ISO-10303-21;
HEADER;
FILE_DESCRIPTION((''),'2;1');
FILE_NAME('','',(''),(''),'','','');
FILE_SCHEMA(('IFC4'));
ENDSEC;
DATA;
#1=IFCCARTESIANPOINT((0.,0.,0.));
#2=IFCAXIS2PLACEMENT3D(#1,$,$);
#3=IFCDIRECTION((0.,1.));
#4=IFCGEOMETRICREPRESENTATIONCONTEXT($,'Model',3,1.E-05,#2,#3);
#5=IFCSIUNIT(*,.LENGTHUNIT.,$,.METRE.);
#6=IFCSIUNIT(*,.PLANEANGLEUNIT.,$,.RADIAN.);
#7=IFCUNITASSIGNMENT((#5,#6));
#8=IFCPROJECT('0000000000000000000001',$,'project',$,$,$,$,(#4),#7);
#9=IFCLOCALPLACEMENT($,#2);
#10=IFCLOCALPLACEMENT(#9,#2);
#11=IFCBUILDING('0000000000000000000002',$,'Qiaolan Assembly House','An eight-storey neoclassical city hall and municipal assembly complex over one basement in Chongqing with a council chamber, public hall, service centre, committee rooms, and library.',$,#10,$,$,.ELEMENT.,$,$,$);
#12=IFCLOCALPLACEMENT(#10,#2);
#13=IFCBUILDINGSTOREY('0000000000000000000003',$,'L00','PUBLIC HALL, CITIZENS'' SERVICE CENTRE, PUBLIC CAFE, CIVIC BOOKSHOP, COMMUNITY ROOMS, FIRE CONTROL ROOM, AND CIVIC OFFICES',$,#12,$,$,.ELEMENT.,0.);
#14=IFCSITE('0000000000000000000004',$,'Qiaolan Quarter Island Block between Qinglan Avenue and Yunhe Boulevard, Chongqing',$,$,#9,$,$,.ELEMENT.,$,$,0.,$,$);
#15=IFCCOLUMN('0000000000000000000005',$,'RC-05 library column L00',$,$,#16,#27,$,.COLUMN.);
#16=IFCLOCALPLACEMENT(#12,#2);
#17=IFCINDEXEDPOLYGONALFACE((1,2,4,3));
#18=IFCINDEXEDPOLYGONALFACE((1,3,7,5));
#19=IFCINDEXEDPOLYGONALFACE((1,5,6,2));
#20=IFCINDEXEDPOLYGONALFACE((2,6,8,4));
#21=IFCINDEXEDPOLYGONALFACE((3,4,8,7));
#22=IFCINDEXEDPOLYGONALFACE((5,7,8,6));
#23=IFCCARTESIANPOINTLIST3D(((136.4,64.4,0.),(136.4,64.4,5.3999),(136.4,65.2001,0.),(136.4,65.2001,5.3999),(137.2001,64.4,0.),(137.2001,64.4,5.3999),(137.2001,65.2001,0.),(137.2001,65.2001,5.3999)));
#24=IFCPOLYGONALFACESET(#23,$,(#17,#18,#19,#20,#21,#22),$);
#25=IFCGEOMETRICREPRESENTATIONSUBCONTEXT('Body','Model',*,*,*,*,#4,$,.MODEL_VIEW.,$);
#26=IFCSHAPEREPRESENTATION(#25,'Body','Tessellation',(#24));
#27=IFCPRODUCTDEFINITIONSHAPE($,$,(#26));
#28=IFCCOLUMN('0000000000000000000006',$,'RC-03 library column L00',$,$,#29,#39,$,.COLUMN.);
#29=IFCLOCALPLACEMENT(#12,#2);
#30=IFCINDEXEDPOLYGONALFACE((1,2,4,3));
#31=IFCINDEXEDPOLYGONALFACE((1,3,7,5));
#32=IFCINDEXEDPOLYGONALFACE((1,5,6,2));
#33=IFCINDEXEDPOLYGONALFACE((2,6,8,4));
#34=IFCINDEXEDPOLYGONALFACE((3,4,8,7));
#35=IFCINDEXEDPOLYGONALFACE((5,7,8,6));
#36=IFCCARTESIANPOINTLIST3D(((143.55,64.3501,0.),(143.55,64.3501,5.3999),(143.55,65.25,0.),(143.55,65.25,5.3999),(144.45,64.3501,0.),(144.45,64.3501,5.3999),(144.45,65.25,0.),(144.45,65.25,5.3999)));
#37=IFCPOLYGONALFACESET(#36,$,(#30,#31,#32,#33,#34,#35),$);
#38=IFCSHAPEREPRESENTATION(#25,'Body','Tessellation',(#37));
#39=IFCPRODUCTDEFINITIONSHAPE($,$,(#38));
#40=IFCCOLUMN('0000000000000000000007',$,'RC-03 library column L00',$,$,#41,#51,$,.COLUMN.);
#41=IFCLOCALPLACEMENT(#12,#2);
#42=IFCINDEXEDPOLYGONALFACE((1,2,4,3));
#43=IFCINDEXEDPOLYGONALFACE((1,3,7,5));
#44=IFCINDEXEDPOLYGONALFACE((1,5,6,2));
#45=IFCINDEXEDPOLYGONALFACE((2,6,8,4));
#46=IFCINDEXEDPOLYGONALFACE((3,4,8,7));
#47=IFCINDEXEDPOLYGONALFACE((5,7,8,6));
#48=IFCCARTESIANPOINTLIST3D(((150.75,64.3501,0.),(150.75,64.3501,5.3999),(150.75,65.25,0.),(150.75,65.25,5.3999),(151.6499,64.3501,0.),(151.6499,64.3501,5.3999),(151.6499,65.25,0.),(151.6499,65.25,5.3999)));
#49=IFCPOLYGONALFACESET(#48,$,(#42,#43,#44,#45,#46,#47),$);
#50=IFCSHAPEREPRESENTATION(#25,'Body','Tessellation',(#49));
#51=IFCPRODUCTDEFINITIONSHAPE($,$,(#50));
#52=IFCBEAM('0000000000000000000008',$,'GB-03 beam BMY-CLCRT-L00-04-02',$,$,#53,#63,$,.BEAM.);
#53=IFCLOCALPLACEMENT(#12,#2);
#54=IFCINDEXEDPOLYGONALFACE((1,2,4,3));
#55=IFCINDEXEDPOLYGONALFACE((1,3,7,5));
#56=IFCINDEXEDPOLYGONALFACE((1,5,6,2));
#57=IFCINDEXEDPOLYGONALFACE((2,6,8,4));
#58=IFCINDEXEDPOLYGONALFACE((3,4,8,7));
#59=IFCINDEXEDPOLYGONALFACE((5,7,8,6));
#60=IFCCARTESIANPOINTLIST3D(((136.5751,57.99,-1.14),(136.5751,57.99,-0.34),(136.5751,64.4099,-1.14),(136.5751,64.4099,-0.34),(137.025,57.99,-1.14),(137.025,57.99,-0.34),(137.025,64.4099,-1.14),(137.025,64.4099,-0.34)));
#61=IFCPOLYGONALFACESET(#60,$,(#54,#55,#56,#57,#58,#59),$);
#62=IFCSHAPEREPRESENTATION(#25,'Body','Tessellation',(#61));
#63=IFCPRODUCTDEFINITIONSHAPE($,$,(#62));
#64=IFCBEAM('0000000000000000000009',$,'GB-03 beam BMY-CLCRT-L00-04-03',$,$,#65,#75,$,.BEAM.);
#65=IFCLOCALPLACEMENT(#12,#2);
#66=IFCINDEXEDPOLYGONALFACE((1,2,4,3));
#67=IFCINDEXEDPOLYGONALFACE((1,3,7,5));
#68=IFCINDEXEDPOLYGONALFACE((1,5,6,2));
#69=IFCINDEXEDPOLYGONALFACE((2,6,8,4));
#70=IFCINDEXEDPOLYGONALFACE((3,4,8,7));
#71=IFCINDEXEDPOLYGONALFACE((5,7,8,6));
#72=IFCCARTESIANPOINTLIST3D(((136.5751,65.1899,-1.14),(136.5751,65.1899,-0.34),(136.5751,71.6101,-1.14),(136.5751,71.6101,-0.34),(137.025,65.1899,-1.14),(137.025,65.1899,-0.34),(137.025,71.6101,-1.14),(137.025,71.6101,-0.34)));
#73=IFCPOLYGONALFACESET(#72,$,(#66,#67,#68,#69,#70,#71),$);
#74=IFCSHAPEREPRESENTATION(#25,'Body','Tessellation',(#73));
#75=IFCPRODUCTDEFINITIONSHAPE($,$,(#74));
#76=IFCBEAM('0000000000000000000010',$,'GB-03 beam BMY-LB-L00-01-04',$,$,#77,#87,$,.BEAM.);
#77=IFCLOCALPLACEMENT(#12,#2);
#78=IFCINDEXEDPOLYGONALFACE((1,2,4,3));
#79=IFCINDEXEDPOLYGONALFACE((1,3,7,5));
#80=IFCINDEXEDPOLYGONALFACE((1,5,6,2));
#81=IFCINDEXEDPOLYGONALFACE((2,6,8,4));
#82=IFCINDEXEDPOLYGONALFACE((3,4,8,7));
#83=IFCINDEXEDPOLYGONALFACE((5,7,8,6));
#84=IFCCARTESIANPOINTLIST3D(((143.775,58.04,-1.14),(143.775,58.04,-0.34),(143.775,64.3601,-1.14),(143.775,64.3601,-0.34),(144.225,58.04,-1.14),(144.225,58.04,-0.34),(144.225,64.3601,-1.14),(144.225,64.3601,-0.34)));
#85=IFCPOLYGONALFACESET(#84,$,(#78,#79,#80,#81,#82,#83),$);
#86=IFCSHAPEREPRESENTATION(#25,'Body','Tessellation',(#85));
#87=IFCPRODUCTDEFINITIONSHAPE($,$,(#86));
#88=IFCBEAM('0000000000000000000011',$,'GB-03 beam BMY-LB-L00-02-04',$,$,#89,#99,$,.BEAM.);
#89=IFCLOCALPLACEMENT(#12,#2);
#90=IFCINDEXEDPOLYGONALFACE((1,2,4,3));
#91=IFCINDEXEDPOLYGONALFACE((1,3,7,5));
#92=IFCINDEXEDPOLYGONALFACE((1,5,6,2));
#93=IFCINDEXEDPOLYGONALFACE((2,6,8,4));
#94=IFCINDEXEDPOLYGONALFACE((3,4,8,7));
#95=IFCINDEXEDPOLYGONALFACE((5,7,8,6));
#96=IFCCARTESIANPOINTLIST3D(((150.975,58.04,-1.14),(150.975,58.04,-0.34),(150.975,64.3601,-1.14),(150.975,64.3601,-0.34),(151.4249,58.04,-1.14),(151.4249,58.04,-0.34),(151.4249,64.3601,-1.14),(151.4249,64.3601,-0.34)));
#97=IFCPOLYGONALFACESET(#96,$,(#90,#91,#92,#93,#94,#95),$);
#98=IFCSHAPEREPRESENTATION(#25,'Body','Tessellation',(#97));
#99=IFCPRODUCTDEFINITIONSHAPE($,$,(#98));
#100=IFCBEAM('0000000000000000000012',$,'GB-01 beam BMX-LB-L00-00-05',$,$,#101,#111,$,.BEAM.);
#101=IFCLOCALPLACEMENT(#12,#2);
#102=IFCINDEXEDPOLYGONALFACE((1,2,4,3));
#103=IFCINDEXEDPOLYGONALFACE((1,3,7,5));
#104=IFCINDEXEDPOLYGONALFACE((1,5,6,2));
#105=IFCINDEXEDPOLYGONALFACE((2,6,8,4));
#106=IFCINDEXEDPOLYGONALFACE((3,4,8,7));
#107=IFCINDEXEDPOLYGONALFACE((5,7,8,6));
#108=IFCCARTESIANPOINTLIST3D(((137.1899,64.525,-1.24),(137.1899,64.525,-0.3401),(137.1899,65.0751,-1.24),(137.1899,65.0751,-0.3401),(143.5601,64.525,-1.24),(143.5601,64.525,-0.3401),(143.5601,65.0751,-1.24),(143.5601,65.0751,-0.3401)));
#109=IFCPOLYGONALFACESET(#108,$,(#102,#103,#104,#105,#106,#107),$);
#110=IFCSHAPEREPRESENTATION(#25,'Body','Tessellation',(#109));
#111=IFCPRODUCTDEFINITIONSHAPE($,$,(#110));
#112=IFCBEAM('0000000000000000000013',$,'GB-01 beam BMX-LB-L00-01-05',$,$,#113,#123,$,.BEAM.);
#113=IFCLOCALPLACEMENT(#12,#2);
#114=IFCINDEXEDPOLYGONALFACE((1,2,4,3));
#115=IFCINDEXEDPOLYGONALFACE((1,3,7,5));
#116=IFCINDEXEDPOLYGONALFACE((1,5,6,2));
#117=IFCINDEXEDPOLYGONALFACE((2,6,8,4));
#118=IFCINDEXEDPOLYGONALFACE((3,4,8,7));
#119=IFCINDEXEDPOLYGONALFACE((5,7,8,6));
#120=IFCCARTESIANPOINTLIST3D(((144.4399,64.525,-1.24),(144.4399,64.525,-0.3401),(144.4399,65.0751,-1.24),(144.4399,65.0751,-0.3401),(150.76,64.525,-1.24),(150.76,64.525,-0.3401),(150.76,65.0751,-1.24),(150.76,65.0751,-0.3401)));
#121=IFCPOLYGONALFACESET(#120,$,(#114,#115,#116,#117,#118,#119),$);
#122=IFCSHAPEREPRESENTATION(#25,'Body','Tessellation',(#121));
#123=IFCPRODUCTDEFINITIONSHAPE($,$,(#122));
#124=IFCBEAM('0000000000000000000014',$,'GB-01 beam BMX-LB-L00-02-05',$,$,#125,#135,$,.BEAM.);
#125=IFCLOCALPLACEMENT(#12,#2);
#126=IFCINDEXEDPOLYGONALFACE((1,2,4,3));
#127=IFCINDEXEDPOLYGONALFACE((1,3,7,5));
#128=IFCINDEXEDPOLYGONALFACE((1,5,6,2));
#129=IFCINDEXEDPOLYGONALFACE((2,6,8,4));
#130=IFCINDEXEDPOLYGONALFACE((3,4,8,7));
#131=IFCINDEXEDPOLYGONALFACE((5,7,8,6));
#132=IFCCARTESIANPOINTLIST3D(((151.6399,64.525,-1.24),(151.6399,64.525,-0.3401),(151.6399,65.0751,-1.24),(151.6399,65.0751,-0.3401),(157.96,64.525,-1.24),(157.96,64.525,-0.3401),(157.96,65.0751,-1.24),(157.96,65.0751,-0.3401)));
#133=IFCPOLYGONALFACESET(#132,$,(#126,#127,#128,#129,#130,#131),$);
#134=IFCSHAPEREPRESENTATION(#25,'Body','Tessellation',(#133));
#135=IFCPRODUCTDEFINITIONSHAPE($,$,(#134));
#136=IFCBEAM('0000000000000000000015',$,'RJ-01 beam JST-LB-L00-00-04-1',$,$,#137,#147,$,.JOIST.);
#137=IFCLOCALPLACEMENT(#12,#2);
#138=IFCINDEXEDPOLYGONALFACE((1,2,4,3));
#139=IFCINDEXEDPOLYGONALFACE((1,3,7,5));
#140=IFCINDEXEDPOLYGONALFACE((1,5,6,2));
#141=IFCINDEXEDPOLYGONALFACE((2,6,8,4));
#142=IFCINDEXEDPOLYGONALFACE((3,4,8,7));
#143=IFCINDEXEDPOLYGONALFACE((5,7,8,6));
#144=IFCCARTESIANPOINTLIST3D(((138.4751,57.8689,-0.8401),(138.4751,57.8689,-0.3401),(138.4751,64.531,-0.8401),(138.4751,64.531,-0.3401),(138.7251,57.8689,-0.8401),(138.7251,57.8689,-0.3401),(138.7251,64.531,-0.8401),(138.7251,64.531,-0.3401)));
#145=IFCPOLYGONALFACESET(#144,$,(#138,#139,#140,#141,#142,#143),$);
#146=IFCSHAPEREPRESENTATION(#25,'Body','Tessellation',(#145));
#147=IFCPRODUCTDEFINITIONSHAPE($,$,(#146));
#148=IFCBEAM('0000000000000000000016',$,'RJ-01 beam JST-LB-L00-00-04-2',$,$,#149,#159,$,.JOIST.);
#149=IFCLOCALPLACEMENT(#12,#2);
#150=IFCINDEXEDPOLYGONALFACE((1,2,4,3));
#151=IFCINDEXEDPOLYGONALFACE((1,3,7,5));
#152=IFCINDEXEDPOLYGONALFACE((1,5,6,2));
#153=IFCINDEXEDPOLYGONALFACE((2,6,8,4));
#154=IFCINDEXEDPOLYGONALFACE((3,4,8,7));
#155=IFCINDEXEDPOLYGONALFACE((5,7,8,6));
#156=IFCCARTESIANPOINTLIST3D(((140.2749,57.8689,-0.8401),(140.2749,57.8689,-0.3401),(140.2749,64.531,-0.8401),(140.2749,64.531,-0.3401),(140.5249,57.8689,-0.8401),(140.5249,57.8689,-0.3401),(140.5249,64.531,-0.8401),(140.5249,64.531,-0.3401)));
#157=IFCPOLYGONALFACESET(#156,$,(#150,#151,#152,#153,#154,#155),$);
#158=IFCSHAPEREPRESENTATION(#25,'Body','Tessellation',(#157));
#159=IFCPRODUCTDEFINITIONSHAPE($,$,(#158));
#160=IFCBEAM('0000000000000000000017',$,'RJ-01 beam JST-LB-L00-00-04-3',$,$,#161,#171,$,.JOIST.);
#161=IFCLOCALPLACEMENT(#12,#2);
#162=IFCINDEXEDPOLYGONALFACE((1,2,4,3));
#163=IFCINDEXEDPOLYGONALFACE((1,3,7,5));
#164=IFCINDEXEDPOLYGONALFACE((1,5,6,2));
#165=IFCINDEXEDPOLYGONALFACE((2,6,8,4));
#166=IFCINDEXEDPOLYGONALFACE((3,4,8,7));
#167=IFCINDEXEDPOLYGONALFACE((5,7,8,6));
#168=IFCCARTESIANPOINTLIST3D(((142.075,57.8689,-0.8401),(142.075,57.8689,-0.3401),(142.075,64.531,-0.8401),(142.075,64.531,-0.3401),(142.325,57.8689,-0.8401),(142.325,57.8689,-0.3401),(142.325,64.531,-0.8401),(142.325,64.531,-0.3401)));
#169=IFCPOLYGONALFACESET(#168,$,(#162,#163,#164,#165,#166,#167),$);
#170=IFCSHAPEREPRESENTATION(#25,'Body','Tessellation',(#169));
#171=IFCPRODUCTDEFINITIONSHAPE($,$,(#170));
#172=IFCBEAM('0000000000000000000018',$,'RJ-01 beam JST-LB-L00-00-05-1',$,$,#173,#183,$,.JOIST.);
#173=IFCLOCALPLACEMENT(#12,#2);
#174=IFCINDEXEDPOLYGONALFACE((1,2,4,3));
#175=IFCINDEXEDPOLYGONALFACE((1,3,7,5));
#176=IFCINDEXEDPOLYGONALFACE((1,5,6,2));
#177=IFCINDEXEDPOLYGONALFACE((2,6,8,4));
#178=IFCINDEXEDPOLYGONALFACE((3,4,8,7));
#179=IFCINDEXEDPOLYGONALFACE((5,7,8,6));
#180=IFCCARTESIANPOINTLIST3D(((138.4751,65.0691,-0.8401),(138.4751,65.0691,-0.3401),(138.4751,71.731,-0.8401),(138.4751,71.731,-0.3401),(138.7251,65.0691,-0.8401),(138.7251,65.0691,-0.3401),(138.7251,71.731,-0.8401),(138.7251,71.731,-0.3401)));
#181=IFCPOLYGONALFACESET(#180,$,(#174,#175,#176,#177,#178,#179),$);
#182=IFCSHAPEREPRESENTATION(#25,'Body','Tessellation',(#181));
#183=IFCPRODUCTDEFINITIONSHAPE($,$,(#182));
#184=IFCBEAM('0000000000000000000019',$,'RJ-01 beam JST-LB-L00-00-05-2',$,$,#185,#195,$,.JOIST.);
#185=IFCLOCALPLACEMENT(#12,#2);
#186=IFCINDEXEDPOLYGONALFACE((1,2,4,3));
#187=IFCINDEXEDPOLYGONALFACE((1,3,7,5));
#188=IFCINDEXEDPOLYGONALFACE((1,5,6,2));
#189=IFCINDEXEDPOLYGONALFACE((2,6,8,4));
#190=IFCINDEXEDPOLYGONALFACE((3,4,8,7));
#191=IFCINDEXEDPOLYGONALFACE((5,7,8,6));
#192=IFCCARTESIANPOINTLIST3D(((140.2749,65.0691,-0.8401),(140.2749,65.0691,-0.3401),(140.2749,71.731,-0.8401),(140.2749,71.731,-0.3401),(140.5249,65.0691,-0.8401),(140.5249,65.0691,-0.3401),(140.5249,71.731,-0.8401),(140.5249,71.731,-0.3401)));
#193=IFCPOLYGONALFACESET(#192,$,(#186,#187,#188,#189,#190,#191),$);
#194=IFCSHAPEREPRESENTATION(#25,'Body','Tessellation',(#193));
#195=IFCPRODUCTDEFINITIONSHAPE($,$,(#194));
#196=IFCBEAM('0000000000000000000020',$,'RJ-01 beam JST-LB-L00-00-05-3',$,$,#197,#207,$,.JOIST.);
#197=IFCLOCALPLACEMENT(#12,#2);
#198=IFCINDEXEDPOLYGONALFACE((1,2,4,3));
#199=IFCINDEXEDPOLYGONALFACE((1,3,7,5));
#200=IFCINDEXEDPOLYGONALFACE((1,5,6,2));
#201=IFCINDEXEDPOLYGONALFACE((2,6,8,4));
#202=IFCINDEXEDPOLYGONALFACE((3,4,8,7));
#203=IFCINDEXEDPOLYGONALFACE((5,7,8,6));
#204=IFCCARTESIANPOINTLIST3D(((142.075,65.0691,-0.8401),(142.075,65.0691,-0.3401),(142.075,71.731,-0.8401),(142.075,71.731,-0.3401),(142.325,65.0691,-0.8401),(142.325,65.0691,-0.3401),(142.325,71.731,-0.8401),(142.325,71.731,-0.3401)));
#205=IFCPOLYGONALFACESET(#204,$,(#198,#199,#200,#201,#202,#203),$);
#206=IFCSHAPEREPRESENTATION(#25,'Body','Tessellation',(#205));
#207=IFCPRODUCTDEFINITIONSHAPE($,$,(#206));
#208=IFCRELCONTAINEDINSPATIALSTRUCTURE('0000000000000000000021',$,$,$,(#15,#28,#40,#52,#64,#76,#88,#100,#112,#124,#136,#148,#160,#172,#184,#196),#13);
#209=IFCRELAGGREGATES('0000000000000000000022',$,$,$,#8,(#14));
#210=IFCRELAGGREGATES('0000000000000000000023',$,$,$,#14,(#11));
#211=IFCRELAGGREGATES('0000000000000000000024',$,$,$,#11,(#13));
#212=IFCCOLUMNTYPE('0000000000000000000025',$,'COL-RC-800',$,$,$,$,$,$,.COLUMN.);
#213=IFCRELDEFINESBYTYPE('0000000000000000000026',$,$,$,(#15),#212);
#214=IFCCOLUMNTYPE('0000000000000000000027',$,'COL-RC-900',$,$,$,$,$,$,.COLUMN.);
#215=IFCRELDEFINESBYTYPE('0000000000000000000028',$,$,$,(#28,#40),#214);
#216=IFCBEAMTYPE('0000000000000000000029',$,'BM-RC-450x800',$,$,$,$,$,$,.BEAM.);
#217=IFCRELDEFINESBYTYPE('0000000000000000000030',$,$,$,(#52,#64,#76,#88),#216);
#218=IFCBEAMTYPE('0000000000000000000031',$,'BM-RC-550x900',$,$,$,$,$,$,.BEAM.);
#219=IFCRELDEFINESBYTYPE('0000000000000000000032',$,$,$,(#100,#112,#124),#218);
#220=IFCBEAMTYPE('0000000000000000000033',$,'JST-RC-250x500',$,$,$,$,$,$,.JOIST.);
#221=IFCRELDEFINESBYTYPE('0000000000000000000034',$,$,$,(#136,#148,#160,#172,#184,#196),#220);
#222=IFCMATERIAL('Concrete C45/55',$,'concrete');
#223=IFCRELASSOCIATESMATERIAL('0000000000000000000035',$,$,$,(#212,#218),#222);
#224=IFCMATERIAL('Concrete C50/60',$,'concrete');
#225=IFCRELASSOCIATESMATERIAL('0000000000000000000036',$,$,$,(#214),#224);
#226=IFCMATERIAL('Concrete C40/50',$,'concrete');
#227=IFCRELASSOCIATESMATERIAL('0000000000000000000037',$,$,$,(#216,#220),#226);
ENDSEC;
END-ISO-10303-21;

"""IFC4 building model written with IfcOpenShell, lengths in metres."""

from ifc_helpers import new_model, si_unit, direction, frame, origin, origin_2d, place, context, subcontext, project, spatial, rectangle, extrude, material, material_profile, profile_set, type_object, element, save


model = new_model("IFC4")

# Units and contexts
model_context = context("Model", 3, precision=1e-05, world=origin(), true_north=direction((0.0, 1.0)))
body_context = subcontext(model_context, "Body", "Model", "MODEL_VIEW")
ifc_project = project(units=[si_unit("LENGTHUNIT", "METRE"), si_unit("PLANEANGLEUNIT", "RADIAN")], contexts=[model_context])

# Site, building, storey
site_placement = place(None, origin())
site = spatial("IfcSite", under=ifc_project, at=site_placement, Name="Qiaolan Quarter Island Block between Qinglan Avenue and Yunhe Boulevard, Chongqing", CompositionType="ELEMENT", RefElevation=0.0)
building_placement = place(site_placement, origin())
building = spatial("IfcBuilding", under=site, at=building_placement, Name="Qiaolan Assembly House", Description="An eight-storey neoclassical city hall and municipal assembly complex over one basement in Chongqing with a council chamber, public hall, service centre, committee rooms, and library.", CompositionType="ELEMENT")
storey_placement = place(building_placement, origin())
storey = spatial("IfcBuildingStorey", under=building, at=storey_placement, Name="L00", Description="PUBLIC HALL, CITIZENS' SERVICE CENTRE, PUBLIC CAFE, CIVIC BOOKSHOP, COMMUNITY ROOMS, FIRE CONTROL ROOM, AND CIVIC OFFICES", CompositionType="ELEMENT", Elevation=0.0)

# Columns
ifc_material_1 = material(Name="Concrete C45/55", Category="concrete")
ifc_material_profile_1 = material_profile(ifc_material_1, rectangle(XDim=0.8, YDim=0.8, at=origin_2d()), Name="RC 800x800")
ifc_profile_set_1 = profile_set([ifc_material_profile_1], Name="Concrete C45/55")
column_type_1 = type_object("IfcColumnType", Name="COL-RC-800", PredefinedType="COLUMN", material=ifc_profile_set_1)
column_placement = place(storey_placement, frame((136.8, 64.8, 0.0), z_axis=(0.0, 0.0, 1.0), x_axis=(1.0, 0.0, 0.0)))
element("IfcColumn", 1, at=column_placement, inside=storey, type_object=column_type_1, Name="RC-05 library column L00", PredefinedType="COLUMN", context=body_context, shape_type="SweptSolid", body=[
    extrude(rectangle(XDim=0.8, YDim=0.8, at=origin_2d()), origin(), (0.0, 0.0, 1.0), 5.3999),
])
ifc_material_2 = material(Name="Concrete C50/60", Category="concrete")
ifc_material_profile_2 = material_profile(ifc_material_2, rectangle(XDim=0.8999, YDim=0.8999, at=origin_2d()), Name="RC 900x900")
ifc_profile_set_2 = profile_set([ifc_material_profile_2], Name="Concrete C50/60")
column_type_2 = type_object("IfcColumnType", Name="COL-RC-900", PredefinedType="COLUMN", material=ifc_profile_set_2)
for number, where, z_axis, x_axis, name in (
    (2, (144.0, 64.8, 0.0), (0.0, 0.0, 1.0), (1.0, 0.0, 0.0), "RC-03 library column L00"),
    (3, (151.2, 64.8, 0.0), (0.0, 0.0, 1.0), (1.0, 0.0, 0.0), "RC-03 library column L00"),
):
    element("IfcColumn", number, at=place(storey_placement, frame(where, z_axis=z_axis, x_axis=x_axis)), inside=storey, type_object=column_type_2, Name=name, PredefinedType="COLUMN", context=body_context, shape_type="SweptSolid", body=[
        extrude(rectangle(XDim=0.8999, YDim=0.8999, at=origin_2d()), origin(), (0.0, 0.0, 1.0), 5.3999),
    ])

# Beams
ifc_material_3 = material(Name="Concrete C40/50", Category="concrete")
ifc_material_profile_3 = material_profile(ifc_material_3, rectangle(XDim=0.45, YDim=0.8, at=origin_2d()), Name="RCB 450x800")
ifc_profile_set_3 = profile_set([ifc_material_profile_3], Name="Concrete C40/50")
beam_type_1 = type_object("IfcBeamType", Name="BM-RC-450x800", PredefinedType="BEAM", material=ifc_profile_set_3)
beam_1_placement = place(storey_placement, frame((136.8, 57.99, -0.74), z_axis=(0.0, 1.0, 0.0), x_axis=(-1.0, 0.0, 0.0)))
element("IfcBeam", 4, at=beam_1_placement, inside=storey, type_object=beam_type_1, Name="GB-03 beam BMY-CLCRT-L00-04-02", PredefinedType="BEAM", context=body_context, shape_type="SweptSolid", body=[
    extrude(rectangle(XDim=0.45, YDim=0.8, at=origin_2d()), origin(), (0.0, 0.0, 1.0), 6.4199),
])
beam_2_placement = place(storey_placement, frame((136.8, 65.1899, -0.74), z_axis=(0.0, 1.0, 0.0), x_axis=(-1.0, 0.0, 0.0)))
element("IfcBeam", 5, at=beam_2_placement, inside=storey, type_object=beam_type_1, Name="GB-03 beam BMY-CLCRT-L00-04-03", PredefinedType="BEAM", context=body_context, shape_type="SweptSolid", body=[
    extrude(rectangle(XDim=0.45, YDim=0.8, at=origin_2d()), origin(), (0.0, 0.0, 1.0), 6.4202),
])
for number, where, z_axis, x_axis, name in (
    (6, (144.0, 58.04, -0.74), (0.0, 1.0, 0.0), (-1.0, 0.0, 0.0), "GB-03 beam BMY-LB-L00-01-04"),
    (7, (151.2, 58.04, -0.74), (0.0, 1.0, 0.0), (-1.0, 0.0, 0.0), "GB-03 beam BMY-LB-L00-02-04"),
):
    element("IfcBeam", number, at=place(storey_placement, frame(where, z_axis=z_axis, x_axis=x_axis)), inside=storey, type_object=beam_type_1, Name=name, PredefinedType="BEAM", context=body_context, shape_type="SweptSolid", body=[
        extrude(rectangle(XDim=0.45, YDim=0.8, at=origin_2d()), origin(), (0.0, 0.0, 1.0), 6.3201),
    ])
ifc_material_profile_4 = material_profile(ifc_material_1, rectangle(XDim=0.55, YDim=0.8999, at=origin_2d()), Name="RCB 550x900")
ifc_profile_set_4 = profile_set([ifc_material_profile_4], Name="Concrete C45/55")
beam_type_2 = type_object("IfcBeamType", Name="BM-RC-550x900", PredefinedType="BEAM", material=ifc_profile_set_4)
beam_3_placement = place(storey_placement, frame((137.1899, 64.8, -0.79), z_axis=(1.0, 0.0, 0.0), x_axis=(0.0, 1.0, 0.0)))
element("IfcBeam", 8, at=beam_3_placement, inside=storey, type_object=beam_type_2, Name="GB-01 beam BMX-LB-L00-00-05", PredefinedType="BEAM", context=body_context, shape_type="SweptSolid", body=[
    extrude(rectangle(XDim=0.55, YDim=0.8999, at=origin_2d()), origin(), (0.0, 0.0, 1.0), 6.3701),
])
for number, where, z_axis, x_axis, name in (
    (9, (144.4399, 64.8, -0.79), (1.0, 0.0, 0.0), (0.0, 1.0, 0.0), "GB-01 beam BMX-LB-L00-01-05"),
    (10, (151.6399, 64.8, -0.79), (1.0, 0.0, 0.0), (0.0, 1.0, 0.0), "GB-01 beam BMX-LB-L00-02-05"),
):
    element("IfcBeam", number, at=place(storey_placement, frame(where, z_axis=z_axis, x_axis=x_axis)), inside=storey, type_object=beam_type_2, Name=name, PredefinedType="BEAM", context=body_context, shape_type="SweptSolid", body=[
        extrude(rectangle(XDim=0.55, YDim=0.8999, at=origin_2d()), origin(), (0.0, 0.0, 1.0), 6.3201),
    ])
ifc_material_profile_5 = material_profile(ifc_material_3, rectangle(XDim=0.25, YDim=0.5, at=origin_2d()), Name="RCB 250x500")
ifc_profile_set_5 = profile_set([ifc_material_profile_5], Name="Concrete C40/50")
beam_type_3 = type_object("IfcBeamType", Name="JST-RC-250x500", PredefinedType="JOIST", material=ifc_profile_set_5)
for number, where, z_axis, x_axis, name in (
    (11, (138.6001, 57.8689, -0.5901), (0.0, 1.0, 0.0), (-1.0, 0.0, 0.0), "RJ-01 beam JST-LB-L00-00-04-1"),
    (12, (140.3999, 57.8689, -0.5901), (0.0, 1.0, 0.0), (-1.0, 0.0, 0.0), "RJ-01 beam JST-LB-L00-00-04-2"),
    (13, (142.2, 57.8689, -0.5901), (0.0, 1.0, 0.0), (-1.0, 0.0, 0.0), "RJ-01 beam JST-LB-L00-00-04-3"),
):
    element("IfcBeam", number, at=place(storey_placement, frame(where, z_axis=z_axis, x_axis=x_axis)), inside=storey, type_object=beam_type_3, Name=name, PredefinedType="JOIST", context=body_context, shape_type="SweptSolid", body=[
        extrude(rectangle(XDim=0.25, YDim=0.5, at=origin_2d()), origin(), (0.0, 0.0, 1.0), 6.6621),
    ])
for number, where, z_axis, x_axis, name in (
    (14, (138.6001, 65.0691, -0.5901), (0.0, 1.0, 0.0), (-1.0, 0.0, 0.0), "RJ-01 beam JST-LB-L00-00-05-1"),
    (15, (140.3999, 65.0691, -0.5901), (0.0, 1.0, 0.0), (-1.0, 0.0, 0.0), "RJ-01 beam JST-LB-L00-00-05-2"),
    (16, (142.2, 65.0691, -0.5901), (0.0, 1.0, 0.0), (-1.0, 0.0, 0.0), "RJ-01 beam JST-LB-L00-00-05-3"),
):
    element("IfcBeam", number, at=place(storey_placement, frame(where, z_axis=z_axis, x_axis=x_axis)), inside=storey, type_object=beam_type_3, Name=name, PredefinedType="JOIST", context=body_context, shape_type="SweptSolid", body=[
        extrude(rectangle(XDim=0.25, YDim=0.5, at=origin_2d()), origin(), (0.0, 0.0, 1.0), 6.6619),
    ])

save(model, "model.ifc")
